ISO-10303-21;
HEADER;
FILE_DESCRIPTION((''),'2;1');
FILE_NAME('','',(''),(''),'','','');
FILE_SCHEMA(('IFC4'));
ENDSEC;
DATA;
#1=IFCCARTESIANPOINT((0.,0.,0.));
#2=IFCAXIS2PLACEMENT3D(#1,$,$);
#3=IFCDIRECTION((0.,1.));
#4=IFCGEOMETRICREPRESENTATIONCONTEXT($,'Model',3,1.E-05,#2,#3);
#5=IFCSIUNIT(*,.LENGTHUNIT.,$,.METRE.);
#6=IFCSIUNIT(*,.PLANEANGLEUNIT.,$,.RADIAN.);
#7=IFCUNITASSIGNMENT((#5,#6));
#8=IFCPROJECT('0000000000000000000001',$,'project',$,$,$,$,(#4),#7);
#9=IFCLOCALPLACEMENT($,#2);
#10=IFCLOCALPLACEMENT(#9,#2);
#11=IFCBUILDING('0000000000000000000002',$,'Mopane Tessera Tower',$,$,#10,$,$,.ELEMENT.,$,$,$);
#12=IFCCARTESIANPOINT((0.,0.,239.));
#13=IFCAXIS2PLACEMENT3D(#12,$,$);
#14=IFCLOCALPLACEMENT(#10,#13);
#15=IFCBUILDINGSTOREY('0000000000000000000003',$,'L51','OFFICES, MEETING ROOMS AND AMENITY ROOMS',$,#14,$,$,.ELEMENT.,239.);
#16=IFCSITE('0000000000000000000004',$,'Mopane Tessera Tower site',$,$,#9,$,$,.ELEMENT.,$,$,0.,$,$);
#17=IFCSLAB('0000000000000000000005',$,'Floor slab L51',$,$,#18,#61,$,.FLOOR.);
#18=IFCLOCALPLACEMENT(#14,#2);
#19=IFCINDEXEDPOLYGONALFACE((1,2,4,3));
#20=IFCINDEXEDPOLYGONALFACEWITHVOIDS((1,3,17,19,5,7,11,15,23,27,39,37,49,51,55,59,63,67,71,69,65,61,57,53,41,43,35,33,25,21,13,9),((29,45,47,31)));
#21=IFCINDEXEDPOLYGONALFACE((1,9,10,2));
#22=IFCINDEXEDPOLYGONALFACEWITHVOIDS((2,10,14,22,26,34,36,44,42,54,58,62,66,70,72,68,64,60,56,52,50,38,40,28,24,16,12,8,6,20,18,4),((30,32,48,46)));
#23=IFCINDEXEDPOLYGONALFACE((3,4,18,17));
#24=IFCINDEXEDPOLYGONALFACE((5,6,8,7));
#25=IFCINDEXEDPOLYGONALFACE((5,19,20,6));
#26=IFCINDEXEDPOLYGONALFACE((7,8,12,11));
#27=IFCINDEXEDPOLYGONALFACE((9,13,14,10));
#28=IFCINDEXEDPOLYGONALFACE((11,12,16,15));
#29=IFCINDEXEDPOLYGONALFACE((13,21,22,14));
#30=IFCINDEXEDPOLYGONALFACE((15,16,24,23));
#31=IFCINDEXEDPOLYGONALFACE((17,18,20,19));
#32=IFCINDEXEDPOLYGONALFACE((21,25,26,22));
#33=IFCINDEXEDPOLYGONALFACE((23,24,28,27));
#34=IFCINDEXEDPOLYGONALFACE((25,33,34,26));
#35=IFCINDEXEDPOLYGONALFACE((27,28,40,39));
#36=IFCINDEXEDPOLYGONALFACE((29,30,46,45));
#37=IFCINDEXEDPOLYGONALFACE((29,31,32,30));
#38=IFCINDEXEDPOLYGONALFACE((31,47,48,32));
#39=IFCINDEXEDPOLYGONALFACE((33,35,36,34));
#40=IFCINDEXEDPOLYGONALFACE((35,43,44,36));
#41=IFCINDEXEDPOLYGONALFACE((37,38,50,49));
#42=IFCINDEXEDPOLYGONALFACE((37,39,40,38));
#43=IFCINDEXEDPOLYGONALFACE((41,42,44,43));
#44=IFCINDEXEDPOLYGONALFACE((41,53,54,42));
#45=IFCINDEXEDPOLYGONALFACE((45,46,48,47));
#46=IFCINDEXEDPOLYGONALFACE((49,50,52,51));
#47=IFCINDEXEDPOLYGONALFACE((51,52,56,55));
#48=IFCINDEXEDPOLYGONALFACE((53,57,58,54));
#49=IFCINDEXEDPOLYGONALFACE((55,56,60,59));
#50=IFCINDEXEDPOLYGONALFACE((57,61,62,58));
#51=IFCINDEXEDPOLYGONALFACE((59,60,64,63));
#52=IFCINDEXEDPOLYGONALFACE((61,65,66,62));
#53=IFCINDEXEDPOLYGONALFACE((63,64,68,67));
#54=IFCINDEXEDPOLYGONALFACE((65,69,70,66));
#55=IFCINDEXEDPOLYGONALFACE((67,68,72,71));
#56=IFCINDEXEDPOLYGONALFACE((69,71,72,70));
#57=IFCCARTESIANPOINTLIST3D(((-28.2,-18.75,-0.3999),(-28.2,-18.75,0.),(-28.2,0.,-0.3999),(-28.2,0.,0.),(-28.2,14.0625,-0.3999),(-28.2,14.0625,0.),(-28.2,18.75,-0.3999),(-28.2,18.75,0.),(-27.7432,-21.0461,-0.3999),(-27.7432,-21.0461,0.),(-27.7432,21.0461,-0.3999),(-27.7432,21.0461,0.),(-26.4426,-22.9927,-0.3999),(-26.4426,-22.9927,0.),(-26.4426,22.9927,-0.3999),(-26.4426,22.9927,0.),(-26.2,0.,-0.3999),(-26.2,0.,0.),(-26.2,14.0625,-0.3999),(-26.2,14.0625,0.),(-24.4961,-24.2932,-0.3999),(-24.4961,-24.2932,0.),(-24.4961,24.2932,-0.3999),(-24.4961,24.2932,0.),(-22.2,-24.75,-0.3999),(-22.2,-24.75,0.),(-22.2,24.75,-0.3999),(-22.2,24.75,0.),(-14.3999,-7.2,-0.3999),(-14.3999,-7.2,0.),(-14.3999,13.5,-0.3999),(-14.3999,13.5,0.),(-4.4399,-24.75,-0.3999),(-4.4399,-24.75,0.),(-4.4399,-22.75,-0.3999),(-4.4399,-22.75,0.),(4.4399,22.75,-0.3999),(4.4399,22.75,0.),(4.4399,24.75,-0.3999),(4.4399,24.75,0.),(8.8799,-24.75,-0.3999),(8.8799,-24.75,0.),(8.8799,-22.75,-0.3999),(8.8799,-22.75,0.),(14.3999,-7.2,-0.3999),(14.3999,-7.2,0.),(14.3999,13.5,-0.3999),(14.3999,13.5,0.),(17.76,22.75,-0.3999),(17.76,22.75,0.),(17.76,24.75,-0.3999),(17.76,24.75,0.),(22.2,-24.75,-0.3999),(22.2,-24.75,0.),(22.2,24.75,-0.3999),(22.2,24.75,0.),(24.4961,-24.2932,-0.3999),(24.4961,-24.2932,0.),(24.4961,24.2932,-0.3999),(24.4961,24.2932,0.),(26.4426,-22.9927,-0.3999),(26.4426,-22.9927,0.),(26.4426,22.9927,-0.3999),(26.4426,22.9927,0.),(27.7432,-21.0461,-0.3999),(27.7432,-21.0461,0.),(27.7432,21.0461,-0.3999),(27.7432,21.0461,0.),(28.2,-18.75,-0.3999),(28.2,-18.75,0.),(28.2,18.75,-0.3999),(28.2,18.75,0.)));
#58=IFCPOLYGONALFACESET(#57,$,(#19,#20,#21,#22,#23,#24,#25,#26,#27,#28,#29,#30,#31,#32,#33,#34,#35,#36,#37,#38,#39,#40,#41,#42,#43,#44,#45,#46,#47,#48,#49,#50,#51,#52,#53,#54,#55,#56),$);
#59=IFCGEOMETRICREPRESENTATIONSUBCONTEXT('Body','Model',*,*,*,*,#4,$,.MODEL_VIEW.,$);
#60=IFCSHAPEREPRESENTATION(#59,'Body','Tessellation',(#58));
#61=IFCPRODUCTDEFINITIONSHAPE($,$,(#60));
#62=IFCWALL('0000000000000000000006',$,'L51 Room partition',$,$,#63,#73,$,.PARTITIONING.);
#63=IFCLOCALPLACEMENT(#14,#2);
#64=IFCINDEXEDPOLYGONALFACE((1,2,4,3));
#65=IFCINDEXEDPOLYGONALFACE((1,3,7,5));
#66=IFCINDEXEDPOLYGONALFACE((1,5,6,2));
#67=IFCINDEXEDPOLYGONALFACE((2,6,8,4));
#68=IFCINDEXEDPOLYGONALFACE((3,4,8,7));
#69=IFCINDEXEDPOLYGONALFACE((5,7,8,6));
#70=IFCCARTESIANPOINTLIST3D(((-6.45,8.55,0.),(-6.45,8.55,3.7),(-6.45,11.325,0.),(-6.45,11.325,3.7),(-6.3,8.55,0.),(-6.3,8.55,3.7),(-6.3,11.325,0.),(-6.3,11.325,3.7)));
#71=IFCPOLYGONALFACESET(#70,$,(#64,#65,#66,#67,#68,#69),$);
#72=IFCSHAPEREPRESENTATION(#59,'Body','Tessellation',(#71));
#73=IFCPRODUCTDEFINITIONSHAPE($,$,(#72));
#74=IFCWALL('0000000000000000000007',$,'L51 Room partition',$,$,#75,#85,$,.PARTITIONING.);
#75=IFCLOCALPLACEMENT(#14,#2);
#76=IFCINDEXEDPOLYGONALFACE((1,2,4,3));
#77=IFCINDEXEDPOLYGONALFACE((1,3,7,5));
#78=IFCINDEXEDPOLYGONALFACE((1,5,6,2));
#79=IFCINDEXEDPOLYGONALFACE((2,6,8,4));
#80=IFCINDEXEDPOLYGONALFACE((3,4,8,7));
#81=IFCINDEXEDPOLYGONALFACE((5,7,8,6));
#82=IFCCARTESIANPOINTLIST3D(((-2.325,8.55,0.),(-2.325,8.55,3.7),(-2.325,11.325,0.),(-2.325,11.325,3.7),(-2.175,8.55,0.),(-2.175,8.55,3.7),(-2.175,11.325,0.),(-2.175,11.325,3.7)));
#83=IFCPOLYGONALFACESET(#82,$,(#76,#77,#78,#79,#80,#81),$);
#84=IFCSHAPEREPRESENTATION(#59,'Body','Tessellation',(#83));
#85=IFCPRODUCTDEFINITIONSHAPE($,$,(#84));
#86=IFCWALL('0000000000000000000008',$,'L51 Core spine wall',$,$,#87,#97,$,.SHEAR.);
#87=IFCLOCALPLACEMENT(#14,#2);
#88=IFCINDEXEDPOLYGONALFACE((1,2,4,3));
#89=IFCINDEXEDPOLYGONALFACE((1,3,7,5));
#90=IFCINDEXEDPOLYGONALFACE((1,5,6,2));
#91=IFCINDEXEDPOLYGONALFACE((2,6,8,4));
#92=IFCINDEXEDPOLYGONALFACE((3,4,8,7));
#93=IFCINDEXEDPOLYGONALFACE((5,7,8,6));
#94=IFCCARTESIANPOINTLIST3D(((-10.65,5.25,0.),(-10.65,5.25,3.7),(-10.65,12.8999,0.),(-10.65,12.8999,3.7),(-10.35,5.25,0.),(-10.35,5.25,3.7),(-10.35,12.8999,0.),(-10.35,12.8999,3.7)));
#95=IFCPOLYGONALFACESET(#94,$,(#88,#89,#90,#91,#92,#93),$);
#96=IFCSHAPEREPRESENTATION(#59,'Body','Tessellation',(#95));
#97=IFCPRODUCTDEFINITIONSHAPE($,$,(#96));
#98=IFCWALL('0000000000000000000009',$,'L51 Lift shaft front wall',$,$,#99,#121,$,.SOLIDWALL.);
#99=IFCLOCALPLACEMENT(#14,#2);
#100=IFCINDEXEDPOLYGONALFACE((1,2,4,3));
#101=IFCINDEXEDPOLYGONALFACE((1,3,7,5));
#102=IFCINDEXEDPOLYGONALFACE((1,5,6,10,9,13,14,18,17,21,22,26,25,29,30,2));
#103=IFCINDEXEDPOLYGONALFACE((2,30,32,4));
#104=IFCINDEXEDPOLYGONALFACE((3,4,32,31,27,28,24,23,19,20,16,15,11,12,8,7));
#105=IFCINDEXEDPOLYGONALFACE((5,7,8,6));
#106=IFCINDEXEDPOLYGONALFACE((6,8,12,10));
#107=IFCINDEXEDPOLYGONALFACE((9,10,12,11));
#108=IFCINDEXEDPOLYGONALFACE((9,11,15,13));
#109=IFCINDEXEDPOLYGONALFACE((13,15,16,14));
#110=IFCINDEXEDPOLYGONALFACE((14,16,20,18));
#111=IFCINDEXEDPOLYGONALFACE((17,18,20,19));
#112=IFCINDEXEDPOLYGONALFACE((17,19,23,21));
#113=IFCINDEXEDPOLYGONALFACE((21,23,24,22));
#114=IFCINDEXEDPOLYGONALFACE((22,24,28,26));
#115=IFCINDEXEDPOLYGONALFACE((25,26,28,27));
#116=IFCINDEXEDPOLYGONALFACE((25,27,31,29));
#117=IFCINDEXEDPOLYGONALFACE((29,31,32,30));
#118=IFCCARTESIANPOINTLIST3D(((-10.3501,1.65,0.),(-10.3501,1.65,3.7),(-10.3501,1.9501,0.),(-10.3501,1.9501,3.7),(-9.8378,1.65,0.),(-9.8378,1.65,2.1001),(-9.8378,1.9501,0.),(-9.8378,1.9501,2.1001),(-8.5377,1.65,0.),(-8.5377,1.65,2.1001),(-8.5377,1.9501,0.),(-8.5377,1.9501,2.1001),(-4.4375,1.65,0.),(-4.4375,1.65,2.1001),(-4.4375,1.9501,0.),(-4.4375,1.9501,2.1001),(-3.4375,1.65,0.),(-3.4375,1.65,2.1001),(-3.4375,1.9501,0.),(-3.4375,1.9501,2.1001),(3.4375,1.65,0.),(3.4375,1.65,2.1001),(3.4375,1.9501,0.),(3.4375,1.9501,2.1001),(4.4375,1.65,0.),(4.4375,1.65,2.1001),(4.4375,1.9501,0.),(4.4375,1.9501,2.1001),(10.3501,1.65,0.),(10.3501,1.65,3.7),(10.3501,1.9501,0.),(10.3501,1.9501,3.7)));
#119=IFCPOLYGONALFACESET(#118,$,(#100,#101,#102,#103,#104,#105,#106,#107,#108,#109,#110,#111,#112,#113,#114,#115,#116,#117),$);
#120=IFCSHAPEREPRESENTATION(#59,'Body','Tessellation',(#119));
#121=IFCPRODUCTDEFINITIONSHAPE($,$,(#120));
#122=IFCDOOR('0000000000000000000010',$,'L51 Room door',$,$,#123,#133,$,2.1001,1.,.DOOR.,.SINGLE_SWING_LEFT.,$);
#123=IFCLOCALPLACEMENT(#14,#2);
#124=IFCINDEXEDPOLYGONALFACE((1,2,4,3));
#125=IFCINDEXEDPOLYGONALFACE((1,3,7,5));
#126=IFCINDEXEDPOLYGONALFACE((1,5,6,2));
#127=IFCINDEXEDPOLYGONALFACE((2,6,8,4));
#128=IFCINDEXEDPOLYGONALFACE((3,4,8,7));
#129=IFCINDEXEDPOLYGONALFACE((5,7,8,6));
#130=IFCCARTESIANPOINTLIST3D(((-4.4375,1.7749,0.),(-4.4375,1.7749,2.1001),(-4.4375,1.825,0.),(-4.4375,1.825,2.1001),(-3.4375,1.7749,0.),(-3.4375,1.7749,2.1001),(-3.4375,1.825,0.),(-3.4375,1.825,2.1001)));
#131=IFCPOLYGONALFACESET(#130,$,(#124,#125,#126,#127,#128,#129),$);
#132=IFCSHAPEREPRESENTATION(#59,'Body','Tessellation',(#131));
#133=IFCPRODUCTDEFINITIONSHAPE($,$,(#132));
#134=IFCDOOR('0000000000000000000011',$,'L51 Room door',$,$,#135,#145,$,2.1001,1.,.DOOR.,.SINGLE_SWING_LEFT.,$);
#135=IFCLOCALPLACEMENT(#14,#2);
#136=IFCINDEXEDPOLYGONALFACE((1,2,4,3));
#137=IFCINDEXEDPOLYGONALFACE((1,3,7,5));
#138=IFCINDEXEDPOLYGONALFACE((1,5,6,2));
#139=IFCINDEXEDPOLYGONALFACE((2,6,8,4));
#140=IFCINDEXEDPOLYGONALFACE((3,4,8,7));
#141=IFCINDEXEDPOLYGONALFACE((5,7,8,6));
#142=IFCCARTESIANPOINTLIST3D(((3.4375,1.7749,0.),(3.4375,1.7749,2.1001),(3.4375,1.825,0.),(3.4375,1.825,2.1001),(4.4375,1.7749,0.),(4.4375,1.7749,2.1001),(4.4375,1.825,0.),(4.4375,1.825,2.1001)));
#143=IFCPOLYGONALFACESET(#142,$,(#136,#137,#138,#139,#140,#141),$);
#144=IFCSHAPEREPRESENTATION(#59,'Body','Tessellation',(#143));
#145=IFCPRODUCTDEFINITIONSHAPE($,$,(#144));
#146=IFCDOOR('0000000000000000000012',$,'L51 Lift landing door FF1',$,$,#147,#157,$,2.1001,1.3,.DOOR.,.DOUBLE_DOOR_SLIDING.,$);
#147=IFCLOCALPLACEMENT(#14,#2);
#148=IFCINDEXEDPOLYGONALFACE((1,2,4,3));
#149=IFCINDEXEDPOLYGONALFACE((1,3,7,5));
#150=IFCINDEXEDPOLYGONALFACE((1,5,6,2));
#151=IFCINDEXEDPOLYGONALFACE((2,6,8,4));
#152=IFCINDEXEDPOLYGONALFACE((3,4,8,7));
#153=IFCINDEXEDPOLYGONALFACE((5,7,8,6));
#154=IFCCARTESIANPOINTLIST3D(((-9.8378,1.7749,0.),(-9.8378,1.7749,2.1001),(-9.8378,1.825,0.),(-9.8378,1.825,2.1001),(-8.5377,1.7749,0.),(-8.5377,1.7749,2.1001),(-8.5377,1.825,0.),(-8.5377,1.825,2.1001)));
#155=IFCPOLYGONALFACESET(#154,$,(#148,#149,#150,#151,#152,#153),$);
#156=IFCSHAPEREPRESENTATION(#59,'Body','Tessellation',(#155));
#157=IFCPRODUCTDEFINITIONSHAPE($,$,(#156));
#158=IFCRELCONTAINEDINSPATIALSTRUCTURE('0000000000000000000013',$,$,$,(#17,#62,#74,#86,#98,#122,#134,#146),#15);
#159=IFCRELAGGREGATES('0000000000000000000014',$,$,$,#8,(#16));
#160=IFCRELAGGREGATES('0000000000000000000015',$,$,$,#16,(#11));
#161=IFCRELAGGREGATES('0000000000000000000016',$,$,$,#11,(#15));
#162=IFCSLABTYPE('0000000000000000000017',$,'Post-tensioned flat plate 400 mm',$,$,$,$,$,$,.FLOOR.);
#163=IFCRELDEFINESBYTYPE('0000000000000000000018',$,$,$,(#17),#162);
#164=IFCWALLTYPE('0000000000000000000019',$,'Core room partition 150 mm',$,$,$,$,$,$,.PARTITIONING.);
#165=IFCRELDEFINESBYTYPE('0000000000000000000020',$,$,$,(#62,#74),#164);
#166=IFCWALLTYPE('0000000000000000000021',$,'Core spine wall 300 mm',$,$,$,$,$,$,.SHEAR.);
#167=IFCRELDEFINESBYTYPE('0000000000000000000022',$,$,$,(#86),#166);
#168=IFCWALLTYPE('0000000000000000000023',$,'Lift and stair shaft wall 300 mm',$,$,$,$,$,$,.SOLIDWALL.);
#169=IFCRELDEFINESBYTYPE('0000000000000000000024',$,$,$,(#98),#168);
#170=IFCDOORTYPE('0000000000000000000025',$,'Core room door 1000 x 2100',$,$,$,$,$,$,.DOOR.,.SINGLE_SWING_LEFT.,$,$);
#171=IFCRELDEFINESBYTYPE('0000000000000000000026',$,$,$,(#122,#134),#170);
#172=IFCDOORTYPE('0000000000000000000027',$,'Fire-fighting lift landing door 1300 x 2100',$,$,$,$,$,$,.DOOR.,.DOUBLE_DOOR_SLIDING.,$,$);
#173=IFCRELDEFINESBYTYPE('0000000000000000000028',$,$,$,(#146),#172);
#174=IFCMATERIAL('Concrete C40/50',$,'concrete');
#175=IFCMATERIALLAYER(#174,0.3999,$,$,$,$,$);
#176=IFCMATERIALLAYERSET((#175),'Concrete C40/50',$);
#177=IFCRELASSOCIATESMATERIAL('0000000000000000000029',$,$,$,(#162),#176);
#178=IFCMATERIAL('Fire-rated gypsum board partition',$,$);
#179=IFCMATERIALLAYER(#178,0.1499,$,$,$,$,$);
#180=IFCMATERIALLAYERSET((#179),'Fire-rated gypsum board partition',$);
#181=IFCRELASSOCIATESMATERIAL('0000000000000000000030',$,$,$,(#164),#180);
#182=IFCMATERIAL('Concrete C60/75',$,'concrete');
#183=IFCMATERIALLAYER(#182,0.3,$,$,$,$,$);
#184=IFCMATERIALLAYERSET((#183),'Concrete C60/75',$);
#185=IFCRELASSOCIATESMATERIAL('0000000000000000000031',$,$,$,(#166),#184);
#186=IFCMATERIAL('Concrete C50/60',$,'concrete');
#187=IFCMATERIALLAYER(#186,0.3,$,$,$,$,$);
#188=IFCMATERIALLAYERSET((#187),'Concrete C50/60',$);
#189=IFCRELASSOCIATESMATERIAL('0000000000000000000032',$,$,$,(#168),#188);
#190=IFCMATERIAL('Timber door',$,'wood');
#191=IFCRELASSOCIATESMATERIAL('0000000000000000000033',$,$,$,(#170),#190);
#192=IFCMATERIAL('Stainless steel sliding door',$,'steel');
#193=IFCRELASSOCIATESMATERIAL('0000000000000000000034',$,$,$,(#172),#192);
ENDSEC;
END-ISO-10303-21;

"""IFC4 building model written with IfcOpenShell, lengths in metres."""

from ifc_helpers import new_model, si_unit, direction, frame, frame_2d, origin, place, context, subcontext, project, spatial, polyline, rectangle, outline, extrude, material, layer, layer_set, type_object, element, fill, save


model = new_model("IFC4")

# Units and contexts
model_context = context("Model", 3, precision=1e-05, world=origin(), true_north=direction((0.0, 1.0)))
body_context = subcontext(model_context, "Body", "Model", "MODEL_VIEW")
ifc_project = project(units=[si_unit("LENGTHUNIT", "METRE"), si_unit("PLANEANGLEUNIT", "RADIAN")], contexts=[model_context])

# Site, building, storey
site_placement = place(None, origin())
site = spatial("IfcSite", under=ifc_project, at=site_placement, Name="Mopane Tessera Tower site", CompositionType="ELEMENT", RefElevation=0.0)
building_placement = place(site_placement, origin())
building = spatial("IfcBuilding", under=site, at=building_placement, Name="Mopane Tessera Tower", CompositionType="ELEMENT")
storey_placement = place(building_placement, frame((0.0, 0.0, 239.0)))
storey = spatial("IfcBuildingStorey", under=building, at=storey_placement, Name="L51", Description="OFFICES, MEETING ROOMS AND AMENITY ROOMS", CompositionType="ELEMENT", Elevation=239.0)

# Slab
ifc_material_1 = material(Name="Concrete C40/50", Category="concrete")
ifc_layer_1 = layer(ifc_material_1, 0.3999)
ifc_layer_set_1 = layer_set([ifc_layer_1], Name="Concrete C40/50")
slab_type = type_object("IfcSlabType", Name="Post-tensioned flat plate 400 mm", PredefinedType="FLOOR", material=ifc_layer_set_1)
slab_placement = place(storey_placement, frame((0.0, 0.0, -0.3999)))
element("IfcSlab", 1, at=slab_placement, inside=storey, type_object=slab_type, Name="Floor slab L51", PredefinedType="FLOOR", context=body_context, shape_type="SweptSolid", body=[
    extrude(outline(polyline([(-22.2, -24.75), (-4.4399, -24.75), (-4.4399, -22.75), (8.8799, -22.75), (8.8799, -24.75), (22.2, -24.75), (24.4961, -24.2932), (26.4426, -22.9927), (27.7432, -21.0461), (28.2, -18.75), (28.2, 18.75), (27.7432, 21.0461), (26.4426, 22.9927), (24.4961, 24.2932), (22.2, 24.75), (17.76, 24.75), (17.76, 22.75), (4.4399, 22.75), (4.4399, 24.75), (-22.2, 24.75), (-24.4961, 24.2932), (-26.4426, 22.9927), (-27.7432, 21.0461), (-28.2, 18.75), (-28.2, 14.0625), (-26.2, 14.0625), (-26.2, 0.0), (-28.2, 0.0), (-28.2, -18.75), (-27.7432, -21.0461), (-26.4426, -22.9927), (-24.4961, -24.2932), (-22.2, -24.75)]), holes=[polyline([(14.3999, -7.2), (-14.3999, -7.2), (-14.3999, 13.5), (14.3999, 13.5), (14.3999, -7.2)])]), origin(), (0.0, 0.0, 1.0), 0.3999),
])

# Walls
ifc_material_2 = material(Name="Fire-rated gypsum board partition")
ifc_layer_2 = layer(ifc_material_2, 0.1499)
ifc_layer_set_2 = layer_set([ifc_layer_2], Name="Fire-rated gypsum board partition")
wall_type_1 = type_object("IfcWallType", Name="Core room partition 150 mm", PredefinedType="PARTITIONING", material=ifc_layer_set_2)
for number, where, z_axis, x_axis, name in (
    (2, (-6.375, 8.55, 0.0), (0.0, 0.0, 1.0), (0.0, 1.0, 0.0), "L51 Room partition"),
    (3, (-2.25, 8.55, 0.0), (0.0, 0.0, 1.0), (0.0, 1.0, 0.0), "L51 Room partition"),
):
    element("IfcWall", number, at=place(storey_placement, frame(where, z_axis=z_axis, x_axis=x_axis)), inside=storey, type_object=wall_type_1, Name=name, PredefinedType="PARTITIONING", context=body_context, shape_type="SweptSolid", body=[
        extrude(rectangle(XDim=2.7749, YDim=0.1499, at=frame_2d((1.3875, 0.0))), origin(), (0.0, 0.0, 1.0), 3.7),
    ])
ifc_material_3 = material(Name="Concrete C60/75", Category="concrete")
ifc_layer_3 = layer(ifc_material_3, 0.3)
ifc_layer_set_3 = layer_set([ifc_layer_3], Name="Concrete C60/75")
wall_type_2 = type_object("IfcWallType", Name="Core spine wall 300 mm", PredefinedType="SHEAR", material=ifc_layer_set_3)
wall_1_placement = place(storey_placement, frame((-10.5, 5.25, 0.0), z_axis=(0.0, 0.0, 1.0), x_axis=(0.0, 1.0, 0.0)))
element("IfcWall", 4, at=wall_1_placement, inside=storey, type_object=wall_type_2, Name="L51 Core spine wall", PredefinedType="SHEAR", context=body_context, shape_type="SweptSolid", body=[
    extrude(rectangle(XDim=7.6499, YDim=0.3, at=frame_2d((3.825, 0.0))), origin(), (0.0, 0.0, 1.0), 3.7),
])

# Wall, openings, doors
ifc_material_4 = material(Name="Concrete C50/60", Category="concrete")
ifc_layer_4 = layer(ifc_material_4, 0.3)
ifc_layer_set_4 = layer_set([ifc_layer_4], Name="Concrete C50/60")
wall_type_3 = type_object("IfcWallType", Name="Lift and stair shaft wall 300 mm", PredefinedType="SOLIDWALL", material=ifc_layer_set_4)
wall_2_placement = place(storey_placement, frame((-10.3501, 1.8, 0.0), z_axis=(0.0, 0.0, 1.0), x_axis=(1.0, 0.0, 0.0)))
wall_2 = element("IfcWall", 5, at=wall_2_placement, inside=storey, type_object=wall_type_3, Name="L51 Lift shaft front wall", PredefinedType="SOLIDWALL", context=body_context, shape_type="SweptSolid", body=[
    extrude(rectangle(XDim=20.7002, YDim=0.3, at=frame_2d((10.3501, 0.0))), origin(), (0.0, 0.0, 1.0), 3.7),
])
opening_1_placement = place(wall_2_placement, frame((0.5125, 0.0, 0.0)))
opening_1 = element("IfcOpeningElement", 6, at=opening_1_placement, cuts=wall_2, PredefinedType="OPENING", context=body_context, shape_type="SweptSolid", body=[
    extrude(rectangle(XDim=1.3, YDim=2.1001, at=frame_2d((0.6499, 1.05))), frame((0.0, 0.1621, 0.0), z_axis=(0.0, -1.0, 0.0), x_axis=(1.0, 0.0, 0.0)), (0.0, 0.0, 1.0), 0.324),
])
opening_2_placement = place(wall_2_placement, frame((5.9126, 0.0, 0.0)))
opening_2 = element("IfcOpeningElement", 7, at=opening_2_placement, cuts=wall_2, PredefinedType="OPENING", context=body_context, shape_type="SweptSolid", body=[
    extrude(rectangle(XDim=1.0, YDim=2.1001, at=frame_2d((0.5, 1.05))), frame((0.0, 0.1621, 0.0), z_axis=(0.0, -1.0, 0.0), x_axis=(1.0, 0.0, 0.0)), (0.0, 0.0, 1.0), 0.324),
])
opening_3_placement = place(wall_2_placement, frame((13.7876, 0.0, 0.0)))
opening_3 = element("IfcOpeningElement", 8, at=opening_3_placement, cuts=wall_2, PredefinedType="OPENING", context=body_context, shape_type="SweptSolid", body=[
    extrude(rectangle(XDim=1.0, YDim=2.1001, at=frame_2d((0.5, 1.05))), frame((0.0, 0.1621, 0.0), z_axis=(0.0, -1.0, 0.0), x_axis=(1.0, 0.0, 0.0)), (0.0, 0.0, 1.0), 0.324),
])
ifc_material_5 = material(Name="Timber door", Category="wood")
door_type_1 = type_object("IfcDoorType", Name="Core room door 1000 x 2100", OperationType="SINGLE_SWING_LEFT", PredefinedType="DOOR", material=ifc_material_5)
door_1_placement = place(opening_2_placement, origin())
door_1 = element("IfcDoor", 9, at=door_1_placement, inside=storey, type_object=door_type_1, Name="L51 Room door", OperationType="SINGLE_SWING_LEFT", OverallHeight=2.1001, OverallWidth=1.0, PredefinedType="DOOR", context=body_context, shape_type="SweptSolid", body=[
    extrude(rectangle(XDim=1.0, YDim=2.1001, at=frame_2d((0.5, 1.05))), frame((0.0, 0.0249, 0.0), z_axis=(0.0, -1.0, 0.0), x_axis=(1.0, 0.0, 0.0)), (0.0, 0.0, 1.0), 0.05),
])
fill(opening_2, door_1)
door_2_placement = place(opening_3_placement, origin())
door_2 = element("IfcDoor", 10, at=door_2_placement, inside=storey, type_object=door_type_1, Name="L51 Room door", OperationType="SINGLE_SWING_LEFT", OverallHeight=2.1001, OverallWidth=1.0, PredefinedType="DOOR", context=body_context, shape_type="SweptSolid", body=[
    extrude(rectangle(XDim=1.0, YDim=2.1001, at=frame_2d((0.5, 1.05))), frame((0.0, 0.0249, 0.0), z_axis=(0.0, -1.0, 0.0), x_axis=(1.0, 0.0, 0.0)), (0.0, 0.0, 1.0), 0.05),
])
fill(opening_3, door_2)
ifc_material_6 = material(Name="Stainless steel sliding door", Category="steel")
door_type_2 = type_object("IfcDoorType", Name="Fire-fighting lift landing door 1300 x 2100", OperationType="DOUBLE_DOOR_SLIDING", PredefinedType="DOOR", material=ifc_material_6)
door_3_placement = place(opening_1_placement, origin())
door_3 = element("IfcDoor", 11, at=door_3_placement, inside=storey, type_object=door_type_2, Name="L51 Lift landing door FF1", OperationType="DOUBLE_DOOR_SLIDING", OverallHeight=2.1001, OverallWidth=1.3, PredefinedType="DOOR", context=body_context, shape_type="SweptSolid", body=[
    extrude(rectangle(XDim=1.3, YDim=2.1001, at=frame_2d((0.6499, 1.05))), frame((0.0, 0.0249, 0.0), z_axis=(0.0, -1.0, 0.0), x_axis=(1.0, 0.0, 0.0)), (0.0, 0.0, 1.0), 0.05),
])
fill(opening_1, door_3)

save(model, "model.ifc")
